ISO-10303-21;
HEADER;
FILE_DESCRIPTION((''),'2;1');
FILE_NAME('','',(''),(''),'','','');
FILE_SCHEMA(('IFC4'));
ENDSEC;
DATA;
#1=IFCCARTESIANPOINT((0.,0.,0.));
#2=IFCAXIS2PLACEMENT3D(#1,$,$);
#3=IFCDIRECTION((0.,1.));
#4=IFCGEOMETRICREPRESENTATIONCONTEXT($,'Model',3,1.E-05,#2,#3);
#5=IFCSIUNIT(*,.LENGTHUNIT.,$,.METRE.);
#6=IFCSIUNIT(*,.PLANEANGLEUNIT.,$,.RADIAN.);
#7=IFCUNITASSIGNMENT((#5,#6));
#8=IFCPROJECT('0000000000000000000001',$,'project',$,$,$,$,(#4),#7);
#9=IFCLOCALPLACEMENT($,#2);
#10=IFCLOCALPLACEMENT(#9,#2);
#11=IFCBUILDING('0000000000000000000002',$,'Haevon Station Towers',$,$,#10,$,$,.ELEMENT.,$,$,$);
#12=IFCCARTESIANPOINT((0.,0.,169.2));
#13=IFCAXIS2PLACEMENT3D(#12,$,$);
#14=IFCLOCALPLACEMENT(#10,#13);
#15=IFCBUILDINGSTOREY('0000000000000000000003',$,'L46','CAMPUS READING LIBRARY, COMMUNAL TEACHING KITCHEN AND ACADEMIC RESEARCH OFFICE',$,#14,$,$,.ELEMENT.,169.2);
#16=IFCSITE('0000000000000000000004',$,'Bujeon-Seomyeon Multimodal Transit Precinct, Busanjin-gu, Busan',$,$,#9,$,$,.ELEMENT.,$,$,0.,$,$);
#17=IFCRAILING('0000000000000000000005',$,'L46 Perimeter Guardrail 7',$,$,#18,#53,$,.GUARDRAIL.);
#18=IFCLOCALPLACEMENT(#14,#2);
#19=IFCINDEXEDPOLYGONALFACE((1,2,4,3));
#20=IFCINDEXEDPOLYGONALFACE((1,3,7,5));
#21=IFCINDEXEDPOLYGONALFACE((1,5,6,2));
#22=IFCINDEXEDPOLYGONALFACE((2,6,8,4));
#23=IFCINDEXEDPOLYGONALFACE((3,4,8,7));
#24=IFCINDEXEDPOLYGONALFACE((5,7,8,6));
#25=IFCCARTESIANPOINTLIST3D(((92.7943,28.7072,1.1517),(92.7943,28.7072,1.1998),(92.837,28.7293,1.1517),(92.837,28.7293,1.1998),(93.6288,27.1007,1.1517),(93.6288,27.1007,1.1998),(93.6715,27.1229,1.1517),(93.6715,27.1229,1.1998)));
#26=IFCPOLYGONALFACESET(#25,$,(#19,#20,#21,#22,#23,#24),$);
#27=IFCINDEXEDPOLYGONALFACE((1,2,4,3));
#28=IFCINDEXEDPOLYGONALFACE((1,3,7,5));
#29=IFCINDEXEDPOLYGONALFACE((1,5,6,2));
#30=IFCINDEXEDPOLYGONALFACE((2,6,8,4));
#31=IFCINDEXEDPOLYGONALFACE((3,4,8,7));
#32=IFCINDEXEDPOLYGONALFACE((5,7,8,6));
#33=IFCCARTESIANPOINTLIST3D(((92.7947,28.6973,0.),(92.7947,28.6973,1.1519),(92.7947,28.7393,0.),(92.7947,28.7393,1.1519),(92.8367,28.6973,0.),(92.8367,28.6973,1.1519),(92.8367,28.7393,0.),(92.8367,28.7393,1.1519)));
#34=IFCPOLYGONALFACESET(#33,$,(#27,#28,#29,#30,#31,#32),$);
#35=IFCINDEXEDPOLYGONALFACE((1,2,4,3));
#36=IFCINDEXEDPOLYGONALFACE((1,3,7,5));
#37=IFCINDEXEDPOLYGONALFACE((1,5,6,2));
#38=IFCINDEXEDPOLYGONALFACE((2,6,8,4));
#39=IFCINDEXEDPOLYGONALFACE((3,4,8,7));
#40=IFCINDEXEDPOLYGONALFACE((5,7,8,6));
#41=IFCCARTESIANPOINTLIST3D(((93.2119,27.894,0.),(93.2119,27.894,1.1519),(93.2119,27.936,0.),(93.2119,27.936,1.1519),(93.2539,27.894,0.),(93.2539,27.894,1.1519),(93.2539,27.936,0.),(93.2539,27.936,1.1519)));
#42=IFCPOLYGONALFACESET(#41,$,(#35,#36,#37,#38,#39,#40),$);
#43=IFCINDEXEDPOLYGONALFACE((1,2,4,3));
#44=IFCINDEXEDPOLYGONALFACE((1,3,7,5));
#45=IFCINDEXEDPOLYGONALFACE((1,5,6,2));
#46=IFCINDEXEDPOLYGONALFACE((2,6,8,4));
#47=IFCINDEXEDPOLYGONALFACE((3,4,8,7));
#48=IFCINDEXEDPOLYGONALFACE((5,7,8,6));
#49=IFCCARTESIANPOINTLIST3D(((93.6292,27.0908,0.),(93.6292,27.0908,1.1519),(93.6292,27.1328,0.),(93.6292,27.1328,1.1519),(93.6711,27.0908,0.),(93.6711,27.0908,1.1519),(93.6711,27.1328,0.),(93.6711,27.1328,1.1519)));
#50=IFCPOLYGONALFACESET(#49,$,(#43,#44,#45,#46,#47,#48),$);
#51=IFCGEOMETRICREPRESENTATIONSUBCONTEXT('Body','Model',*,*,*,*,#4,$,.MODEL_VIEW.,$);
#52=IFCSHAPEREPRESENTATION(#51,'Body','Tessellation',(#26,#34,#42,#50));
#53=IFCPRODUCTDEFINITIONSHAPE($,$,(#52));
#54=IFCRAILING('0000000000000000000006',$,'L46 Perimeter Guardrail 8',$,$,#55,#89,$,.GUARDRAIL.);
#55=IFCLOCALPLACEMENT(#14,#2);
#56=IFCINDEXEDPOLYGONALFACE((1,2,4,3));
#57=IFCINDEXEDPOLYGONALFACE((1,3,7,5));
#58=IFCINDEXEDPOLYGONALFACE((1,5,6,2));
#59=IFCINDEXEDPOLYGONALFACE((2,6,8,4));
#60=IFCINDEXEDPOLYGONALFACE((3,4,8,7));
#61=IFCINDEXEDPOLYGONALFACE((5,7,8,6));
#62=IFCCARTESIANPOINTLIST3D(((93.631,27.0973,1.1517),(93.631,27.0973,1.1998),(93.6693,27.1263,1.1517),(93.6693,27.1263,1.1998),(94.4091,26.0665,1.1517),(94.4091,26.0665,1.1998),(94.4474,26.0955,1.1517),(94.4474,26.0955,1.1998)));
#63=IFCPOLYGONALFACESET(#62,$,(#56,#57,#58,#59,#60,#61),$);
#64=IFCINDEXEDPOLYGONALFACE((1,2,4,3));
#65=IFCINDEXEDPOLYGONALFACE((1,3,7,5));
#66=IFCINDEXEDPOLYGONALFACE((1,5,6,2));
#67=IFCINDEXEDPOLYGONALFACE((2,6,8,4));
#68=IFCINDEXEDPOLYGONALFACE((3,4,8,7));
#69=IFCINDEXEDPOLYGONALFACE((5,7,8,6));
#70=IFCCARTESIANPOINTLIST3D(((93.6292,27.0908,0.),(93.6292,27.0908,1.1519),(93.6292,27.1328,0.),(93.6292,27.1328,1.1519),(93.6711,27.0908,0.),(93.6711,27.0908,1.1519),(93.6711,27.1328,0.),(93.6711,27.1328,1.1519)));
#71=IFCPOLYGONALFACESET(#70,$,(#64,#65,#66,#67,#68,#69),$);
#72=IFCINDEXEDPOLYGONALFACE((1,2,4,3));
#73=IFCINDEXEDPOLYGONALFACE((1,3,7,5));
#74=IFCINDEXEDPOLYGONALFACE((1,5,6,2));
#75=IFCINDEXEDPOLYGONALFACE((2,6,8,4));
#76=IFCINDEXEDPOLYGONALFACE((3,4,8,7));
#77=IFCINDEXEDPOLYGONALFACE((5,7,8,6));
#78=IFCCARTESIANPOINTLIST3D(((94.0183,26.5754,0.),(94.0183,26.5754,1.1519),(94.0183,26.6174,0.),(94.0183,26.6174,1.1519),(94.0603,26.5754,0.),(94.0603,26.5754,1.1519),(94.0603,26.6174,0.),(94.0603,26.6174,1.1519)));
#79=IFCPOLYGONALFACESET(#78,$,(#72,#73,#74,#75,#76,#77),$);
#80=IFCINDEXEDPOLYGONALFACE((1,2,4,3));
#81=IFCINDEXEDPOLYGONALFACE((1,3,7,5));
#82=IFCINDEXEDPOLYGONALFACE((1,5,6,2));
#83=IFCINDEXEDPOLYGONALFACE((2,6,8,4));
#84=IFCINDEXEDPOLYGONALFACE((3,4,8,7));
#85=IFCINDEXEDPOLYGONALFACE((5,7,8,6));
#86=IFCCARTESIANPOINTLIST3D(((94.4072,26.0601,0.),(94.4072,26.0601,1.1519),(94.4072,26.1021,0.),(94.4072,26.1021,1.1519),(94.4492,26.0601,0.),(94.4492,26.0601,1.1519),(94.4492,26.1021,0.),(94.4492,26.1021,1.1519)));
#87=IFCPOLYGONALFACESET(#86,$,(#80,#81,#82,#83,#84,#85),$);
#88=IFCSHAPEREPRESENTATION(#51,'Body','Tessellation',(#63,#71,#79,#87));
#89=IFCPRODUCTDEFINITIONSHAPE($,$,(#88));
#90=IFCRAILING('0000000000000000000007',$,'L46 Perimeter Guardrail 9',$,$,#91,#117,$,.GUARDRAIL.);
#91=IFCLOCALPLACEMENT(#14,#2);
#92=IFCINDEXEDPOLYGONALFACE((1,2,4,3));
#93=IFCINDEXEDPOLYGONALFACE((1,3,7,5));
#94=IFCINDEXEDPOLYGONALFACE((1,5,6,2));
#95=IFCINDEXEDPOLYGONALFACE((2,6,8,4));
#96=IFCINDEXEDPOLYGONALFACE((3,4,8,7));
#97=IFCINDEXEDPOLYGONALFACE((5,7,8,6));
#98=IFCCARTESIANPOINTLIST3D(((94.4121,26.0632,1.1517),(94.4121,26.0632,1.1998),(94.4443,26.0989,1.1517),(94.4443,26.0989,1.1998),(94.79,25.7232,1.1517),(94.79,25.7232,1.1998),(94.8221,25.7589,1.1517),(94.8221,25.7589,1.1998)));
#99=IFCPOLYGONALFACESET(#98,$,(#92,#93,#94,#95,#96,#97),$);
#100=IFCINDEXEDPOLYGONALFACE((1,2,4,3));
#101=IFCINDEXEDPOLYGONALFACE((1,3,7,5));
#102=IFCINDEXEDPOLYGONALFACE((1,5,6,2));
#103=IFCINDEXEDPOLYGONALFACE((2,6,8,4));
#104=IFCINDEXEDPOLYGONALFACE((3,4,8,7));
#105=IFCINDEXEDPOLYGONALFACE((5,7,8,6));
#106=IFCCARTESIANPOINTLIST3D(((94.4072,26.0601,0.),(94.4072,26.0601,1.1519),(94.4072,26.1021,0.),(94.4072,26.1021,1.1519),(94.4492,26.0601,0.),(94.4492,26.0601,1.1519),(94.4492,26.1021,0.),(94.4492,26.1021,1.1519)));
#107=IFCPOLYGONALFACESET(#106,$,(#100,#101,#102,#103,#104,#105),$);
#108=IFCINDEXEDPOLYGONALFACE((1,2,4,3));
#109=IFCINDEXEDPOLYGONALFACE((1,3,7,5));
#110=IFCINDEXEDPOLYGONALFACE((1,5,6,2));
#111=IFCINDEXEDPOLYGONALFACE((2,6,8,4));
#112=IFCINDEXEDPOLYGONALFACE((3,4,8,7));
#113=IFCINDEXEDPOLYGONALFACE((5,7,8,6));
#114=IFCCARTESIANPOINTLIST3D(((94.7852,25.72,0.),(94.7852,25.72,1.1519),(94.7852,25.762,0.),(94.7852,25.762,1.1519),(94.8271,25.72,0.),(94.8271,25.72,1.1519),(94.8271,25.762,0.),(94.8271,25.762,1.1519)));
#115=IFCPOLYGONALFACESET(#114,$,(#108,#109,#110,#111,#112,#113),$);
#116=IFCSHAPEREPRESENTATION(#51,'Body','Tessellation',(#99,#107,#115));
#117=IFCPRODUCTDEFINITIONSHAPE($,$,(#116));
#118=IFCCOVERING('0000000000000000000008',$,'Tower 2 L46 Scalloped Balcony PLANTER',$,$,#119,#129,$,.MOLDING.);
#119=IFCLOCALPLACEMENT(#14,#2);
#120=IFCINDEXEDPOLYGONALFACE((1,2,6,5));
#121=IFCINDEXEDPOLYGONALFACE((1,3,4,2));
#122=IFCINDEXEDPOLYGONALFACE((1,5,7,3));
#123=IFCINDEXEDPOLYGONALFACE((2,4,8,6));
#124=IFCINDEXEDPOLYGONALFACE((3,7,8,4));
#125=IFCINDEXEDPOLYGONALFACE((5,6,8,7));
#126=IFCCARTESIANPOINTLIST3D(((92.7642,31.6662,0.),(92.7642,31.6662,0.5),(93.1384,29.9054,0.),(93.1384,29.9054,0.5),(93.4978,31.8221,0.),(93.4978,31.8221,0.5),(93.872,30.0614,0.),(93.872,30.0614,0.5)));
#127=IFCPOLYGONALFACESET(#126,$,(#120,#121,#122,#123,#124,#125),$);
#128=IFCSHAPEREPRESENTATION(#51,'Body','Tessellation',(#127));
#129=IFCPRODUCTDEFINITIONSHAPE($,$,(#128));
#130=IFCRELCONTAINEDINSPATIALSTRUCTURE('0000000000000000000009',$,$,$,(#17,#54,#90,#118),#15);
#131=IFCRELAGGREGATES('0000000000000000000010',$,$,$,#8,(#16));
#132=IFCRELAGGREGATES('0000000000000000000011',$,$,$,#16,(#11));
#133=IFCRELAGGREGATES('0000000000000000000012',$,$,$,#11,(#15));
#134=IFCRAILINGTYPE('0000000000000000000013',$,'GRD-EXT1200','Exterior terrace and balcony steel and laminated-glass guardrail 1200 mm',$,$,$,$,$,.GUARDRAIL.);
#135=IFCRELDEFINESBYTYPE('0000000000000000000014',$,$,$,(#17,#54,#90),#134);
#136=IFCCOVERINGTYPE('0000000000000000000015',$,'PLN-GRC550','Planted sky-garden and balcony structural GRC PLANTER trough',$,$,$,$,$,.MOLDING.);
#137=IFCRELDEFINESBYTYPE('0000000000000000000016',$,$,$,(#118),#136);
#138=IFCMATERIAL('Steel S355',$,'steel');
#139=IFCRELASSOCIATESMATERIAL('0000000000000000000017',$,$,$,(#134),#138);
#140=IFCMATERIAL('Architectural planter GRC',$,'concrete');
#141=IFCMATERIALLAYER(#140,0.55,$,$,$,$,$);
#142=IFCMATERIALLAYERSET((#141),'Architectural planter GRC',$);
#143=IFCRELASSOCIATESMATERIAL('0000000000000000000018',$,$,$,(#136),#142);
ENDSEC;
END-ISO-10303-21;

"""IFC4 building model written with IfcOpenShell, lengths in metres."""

from ifc_helpers import new_model, si_unit, direction, frame, origin, origin_2d, place, context, subcontext, project, spatial, rectangle, extrude, material, layer, layer_set, type_object, element, save


model = new_model("IFC4")

# Units and contexts
model_context = context("Model", 3, precision=1e-05, world=origin(), true_north=direction((0.0, 1.0)))
body_context = subcontext(model_context, "Body", "Model", "MODEL_VIEW")
ifc_project = project(units=[si_unit("LENGTHUNIT", "METRE"), si_unit("PLANEANGLEUNIT", "RADIAN")], contexts=[model_context])

# Site, building, storey
site_placement = place(None, origin())
site = spatial("IfcSite", under=ifc_project, at=site_placement, Name="Bujeon-Seomyeon Multimodal Transit Precinct, Busanjin-gu, Busan", CompositionType="ELEMENT", RefElevation=0.0)
building_placement = place(site_placement, origin())
building = spatial("IfcBuilding", under=site, at=building_placement, Name="Haevon Station Towers", CompositionType="ELEMENT")
storey_placement = place(building_placement, frame((0.0, 0.0, 169.2)))
storey = spatial("IfcBuildingStorey", under=building, at=storey_placement, Name="L46", Description="CAMPUS READING LIBRARY, COMMUNAL TEACHING KITCHEN AND ACADEMIC RESEARCH OFFICE", CompositionType="ELEMENT", Elevation=169.2)

# Shared definitions
ifc_material_1 = material(Name="Steel S355", Category="steel")

# Railings
railing_type = type_object("IfcRailingType", Name="GRD-EXT1200", Description="Exterior terrace and balcony steel and laminated-glass guardrail 1200 mm", PredefinedType="GUARDRAIL", material=ifc_material_1)
railing_1_placement = place(storey_placement, frame((92.8157, 28.7183, 0.0)))
element("IfcRailing", 1, at=railing_1_placement, inside=storey, type_object=railing_type, Name="L46 Perimeter Guardrail 7", PredefinedType="GUARDRAIL", context=body_context, shape_type="SweptSolid", body=[
    extrude(rectangle(XDim=0.0481, YDim=0.0481, at=origin_2d()), frame((0.0, 0.0, 1.1758), z_axis=(0.460971, -0.887415, 0.0), x_axis=(0.887415, 0.460971, 0.0)), (0.0, 0.0, 1.0), 1.8103),
    extrude(rectangle(XDim=0.042, YDim=0.042, at=origin_2d()), origin(), (0.0, 0.0, 1.0), 1.1519),
    extrude(rectangle(XDim=0.042, YDim=0.042, at=origin_2d()), frame((0.4172, -0.8032, 0.0)), (0.0, 0.0, 1.0), 1.1519),
    extrude(rectangle(XDim=0.042, YDim=0.042, at=origin_2d()), frame((0.8345, -1.6064, 0.0)), (0.0, 0.0, 1.0), 1.1519),
])
railing_2_placement = place(storey_placement, frame((93.6501, 27.1118, 0.0)))
element("IfcRailing", 2, at=railing_2_placement, inside=storey, type_object=railing_type, Name="L46 Perimeter Guardrail 8", PredefinedType="GUARDRAIL", context=body_context, shape_type="SweptSolid", body=[
    extrude(rectangle(XDim=0.0481, YDim=0.0481, at=origin_2d()), frame((0.0, 0.0, 1.1758), z_axis=(0.602477, -0.798136, 0.0), x_axis=(0.798136, 0.602477, 0.0)), (0.0, 0.0, 1.0), 1.2915),
    extrude(rectangle(XDim=0.042, YDim=0.042, at=origin_2d()), origin(), (0.0, 0.0, 1.0), 1.1519),
    extrude(rectangle(XDim=0.042, YDim=0.042, at=origin_2d()), frame((0.3892, -0.5154, 0.0)), (0.0, 0.0, 1.0), 1.1519),
    extrude(rectangle(XDim=0.042, YDim=0.042, at=origin_2d()), frame((0.7781, -1.0308, 0.0)), (0.0, 0.0, 1.0), 1.1519),
])
railing_3_placement = place(storey_placement, frame((94.4282, 26.0811, 0.0)))
element("IfcRailing", 3, at=railing_3_placement, inside=storey, type_object=railing_type, Name="L46 Perimeter Guardrail 9", PredefinedType="GUARDRAIL", context=body_context, shape_type="SweptSolid", body=[
    extrude(rectangle(XDim=0.0481, YDim=0.0481, at=origin_2d()), frame((0.0, 0.0, 1.1758), z_axis=(0.743342, -0.668912, 0.0), x_axis=(0.668912, 0.743342, 0.0)), (0.0, 0.0, 1.0), 0.5083),
    extrude(rectangle(XDim=0.042, YDim=0.042, at=origin_2d()), origin(), (0.0, 0.0, 1.0), 1.1519),
    extrude(rectangle(XDim=0.042, YDim=0.042, at=origin_2d()), frame((0.3779, -0.3401, 0.0)), (0.0, 0.0, 1.0), 1.1519),
])

# Covering
ifc_material_2 = material(Name="Architectural planter GRC", Category="concrete")
ifc_layer_1 = layer(ifc_material_2, 0.55)
ifc_layer_set_1 = layer_set([ifc_layer_1], Name="Architectural planter GRC")
covering_type = type_object("IfcCoveringType", Name="PLN-GRC550", Description="Planted sky-garden and balcony structural GRC PLANTER trough", PredefinedType="MOLDING", material=ifc_layer_set_1)
covering_placement = place(storey_placement, frame((93.3181, 30.8638, 0.0), z_axis=(0.0, 0.0, 1.0), x_axis=(0.978148, 0.207912, 0.0)))
element("IfcCovering", 4, at=covering_placement, inside=storey, type_object=covering_type, Name="Tower 2 L46 Scalloped Balcony PLANTER", PredefinedType="MOLDING", context=body_context, shape_type="SweptSolid", body=[
    extrude(rectangle(XDim=0.75, YDim=1.8, at=origin_2d()), origin(), (0.0, 0.0, 1.0), 0.5),
])

save(model, "model.ifc")
